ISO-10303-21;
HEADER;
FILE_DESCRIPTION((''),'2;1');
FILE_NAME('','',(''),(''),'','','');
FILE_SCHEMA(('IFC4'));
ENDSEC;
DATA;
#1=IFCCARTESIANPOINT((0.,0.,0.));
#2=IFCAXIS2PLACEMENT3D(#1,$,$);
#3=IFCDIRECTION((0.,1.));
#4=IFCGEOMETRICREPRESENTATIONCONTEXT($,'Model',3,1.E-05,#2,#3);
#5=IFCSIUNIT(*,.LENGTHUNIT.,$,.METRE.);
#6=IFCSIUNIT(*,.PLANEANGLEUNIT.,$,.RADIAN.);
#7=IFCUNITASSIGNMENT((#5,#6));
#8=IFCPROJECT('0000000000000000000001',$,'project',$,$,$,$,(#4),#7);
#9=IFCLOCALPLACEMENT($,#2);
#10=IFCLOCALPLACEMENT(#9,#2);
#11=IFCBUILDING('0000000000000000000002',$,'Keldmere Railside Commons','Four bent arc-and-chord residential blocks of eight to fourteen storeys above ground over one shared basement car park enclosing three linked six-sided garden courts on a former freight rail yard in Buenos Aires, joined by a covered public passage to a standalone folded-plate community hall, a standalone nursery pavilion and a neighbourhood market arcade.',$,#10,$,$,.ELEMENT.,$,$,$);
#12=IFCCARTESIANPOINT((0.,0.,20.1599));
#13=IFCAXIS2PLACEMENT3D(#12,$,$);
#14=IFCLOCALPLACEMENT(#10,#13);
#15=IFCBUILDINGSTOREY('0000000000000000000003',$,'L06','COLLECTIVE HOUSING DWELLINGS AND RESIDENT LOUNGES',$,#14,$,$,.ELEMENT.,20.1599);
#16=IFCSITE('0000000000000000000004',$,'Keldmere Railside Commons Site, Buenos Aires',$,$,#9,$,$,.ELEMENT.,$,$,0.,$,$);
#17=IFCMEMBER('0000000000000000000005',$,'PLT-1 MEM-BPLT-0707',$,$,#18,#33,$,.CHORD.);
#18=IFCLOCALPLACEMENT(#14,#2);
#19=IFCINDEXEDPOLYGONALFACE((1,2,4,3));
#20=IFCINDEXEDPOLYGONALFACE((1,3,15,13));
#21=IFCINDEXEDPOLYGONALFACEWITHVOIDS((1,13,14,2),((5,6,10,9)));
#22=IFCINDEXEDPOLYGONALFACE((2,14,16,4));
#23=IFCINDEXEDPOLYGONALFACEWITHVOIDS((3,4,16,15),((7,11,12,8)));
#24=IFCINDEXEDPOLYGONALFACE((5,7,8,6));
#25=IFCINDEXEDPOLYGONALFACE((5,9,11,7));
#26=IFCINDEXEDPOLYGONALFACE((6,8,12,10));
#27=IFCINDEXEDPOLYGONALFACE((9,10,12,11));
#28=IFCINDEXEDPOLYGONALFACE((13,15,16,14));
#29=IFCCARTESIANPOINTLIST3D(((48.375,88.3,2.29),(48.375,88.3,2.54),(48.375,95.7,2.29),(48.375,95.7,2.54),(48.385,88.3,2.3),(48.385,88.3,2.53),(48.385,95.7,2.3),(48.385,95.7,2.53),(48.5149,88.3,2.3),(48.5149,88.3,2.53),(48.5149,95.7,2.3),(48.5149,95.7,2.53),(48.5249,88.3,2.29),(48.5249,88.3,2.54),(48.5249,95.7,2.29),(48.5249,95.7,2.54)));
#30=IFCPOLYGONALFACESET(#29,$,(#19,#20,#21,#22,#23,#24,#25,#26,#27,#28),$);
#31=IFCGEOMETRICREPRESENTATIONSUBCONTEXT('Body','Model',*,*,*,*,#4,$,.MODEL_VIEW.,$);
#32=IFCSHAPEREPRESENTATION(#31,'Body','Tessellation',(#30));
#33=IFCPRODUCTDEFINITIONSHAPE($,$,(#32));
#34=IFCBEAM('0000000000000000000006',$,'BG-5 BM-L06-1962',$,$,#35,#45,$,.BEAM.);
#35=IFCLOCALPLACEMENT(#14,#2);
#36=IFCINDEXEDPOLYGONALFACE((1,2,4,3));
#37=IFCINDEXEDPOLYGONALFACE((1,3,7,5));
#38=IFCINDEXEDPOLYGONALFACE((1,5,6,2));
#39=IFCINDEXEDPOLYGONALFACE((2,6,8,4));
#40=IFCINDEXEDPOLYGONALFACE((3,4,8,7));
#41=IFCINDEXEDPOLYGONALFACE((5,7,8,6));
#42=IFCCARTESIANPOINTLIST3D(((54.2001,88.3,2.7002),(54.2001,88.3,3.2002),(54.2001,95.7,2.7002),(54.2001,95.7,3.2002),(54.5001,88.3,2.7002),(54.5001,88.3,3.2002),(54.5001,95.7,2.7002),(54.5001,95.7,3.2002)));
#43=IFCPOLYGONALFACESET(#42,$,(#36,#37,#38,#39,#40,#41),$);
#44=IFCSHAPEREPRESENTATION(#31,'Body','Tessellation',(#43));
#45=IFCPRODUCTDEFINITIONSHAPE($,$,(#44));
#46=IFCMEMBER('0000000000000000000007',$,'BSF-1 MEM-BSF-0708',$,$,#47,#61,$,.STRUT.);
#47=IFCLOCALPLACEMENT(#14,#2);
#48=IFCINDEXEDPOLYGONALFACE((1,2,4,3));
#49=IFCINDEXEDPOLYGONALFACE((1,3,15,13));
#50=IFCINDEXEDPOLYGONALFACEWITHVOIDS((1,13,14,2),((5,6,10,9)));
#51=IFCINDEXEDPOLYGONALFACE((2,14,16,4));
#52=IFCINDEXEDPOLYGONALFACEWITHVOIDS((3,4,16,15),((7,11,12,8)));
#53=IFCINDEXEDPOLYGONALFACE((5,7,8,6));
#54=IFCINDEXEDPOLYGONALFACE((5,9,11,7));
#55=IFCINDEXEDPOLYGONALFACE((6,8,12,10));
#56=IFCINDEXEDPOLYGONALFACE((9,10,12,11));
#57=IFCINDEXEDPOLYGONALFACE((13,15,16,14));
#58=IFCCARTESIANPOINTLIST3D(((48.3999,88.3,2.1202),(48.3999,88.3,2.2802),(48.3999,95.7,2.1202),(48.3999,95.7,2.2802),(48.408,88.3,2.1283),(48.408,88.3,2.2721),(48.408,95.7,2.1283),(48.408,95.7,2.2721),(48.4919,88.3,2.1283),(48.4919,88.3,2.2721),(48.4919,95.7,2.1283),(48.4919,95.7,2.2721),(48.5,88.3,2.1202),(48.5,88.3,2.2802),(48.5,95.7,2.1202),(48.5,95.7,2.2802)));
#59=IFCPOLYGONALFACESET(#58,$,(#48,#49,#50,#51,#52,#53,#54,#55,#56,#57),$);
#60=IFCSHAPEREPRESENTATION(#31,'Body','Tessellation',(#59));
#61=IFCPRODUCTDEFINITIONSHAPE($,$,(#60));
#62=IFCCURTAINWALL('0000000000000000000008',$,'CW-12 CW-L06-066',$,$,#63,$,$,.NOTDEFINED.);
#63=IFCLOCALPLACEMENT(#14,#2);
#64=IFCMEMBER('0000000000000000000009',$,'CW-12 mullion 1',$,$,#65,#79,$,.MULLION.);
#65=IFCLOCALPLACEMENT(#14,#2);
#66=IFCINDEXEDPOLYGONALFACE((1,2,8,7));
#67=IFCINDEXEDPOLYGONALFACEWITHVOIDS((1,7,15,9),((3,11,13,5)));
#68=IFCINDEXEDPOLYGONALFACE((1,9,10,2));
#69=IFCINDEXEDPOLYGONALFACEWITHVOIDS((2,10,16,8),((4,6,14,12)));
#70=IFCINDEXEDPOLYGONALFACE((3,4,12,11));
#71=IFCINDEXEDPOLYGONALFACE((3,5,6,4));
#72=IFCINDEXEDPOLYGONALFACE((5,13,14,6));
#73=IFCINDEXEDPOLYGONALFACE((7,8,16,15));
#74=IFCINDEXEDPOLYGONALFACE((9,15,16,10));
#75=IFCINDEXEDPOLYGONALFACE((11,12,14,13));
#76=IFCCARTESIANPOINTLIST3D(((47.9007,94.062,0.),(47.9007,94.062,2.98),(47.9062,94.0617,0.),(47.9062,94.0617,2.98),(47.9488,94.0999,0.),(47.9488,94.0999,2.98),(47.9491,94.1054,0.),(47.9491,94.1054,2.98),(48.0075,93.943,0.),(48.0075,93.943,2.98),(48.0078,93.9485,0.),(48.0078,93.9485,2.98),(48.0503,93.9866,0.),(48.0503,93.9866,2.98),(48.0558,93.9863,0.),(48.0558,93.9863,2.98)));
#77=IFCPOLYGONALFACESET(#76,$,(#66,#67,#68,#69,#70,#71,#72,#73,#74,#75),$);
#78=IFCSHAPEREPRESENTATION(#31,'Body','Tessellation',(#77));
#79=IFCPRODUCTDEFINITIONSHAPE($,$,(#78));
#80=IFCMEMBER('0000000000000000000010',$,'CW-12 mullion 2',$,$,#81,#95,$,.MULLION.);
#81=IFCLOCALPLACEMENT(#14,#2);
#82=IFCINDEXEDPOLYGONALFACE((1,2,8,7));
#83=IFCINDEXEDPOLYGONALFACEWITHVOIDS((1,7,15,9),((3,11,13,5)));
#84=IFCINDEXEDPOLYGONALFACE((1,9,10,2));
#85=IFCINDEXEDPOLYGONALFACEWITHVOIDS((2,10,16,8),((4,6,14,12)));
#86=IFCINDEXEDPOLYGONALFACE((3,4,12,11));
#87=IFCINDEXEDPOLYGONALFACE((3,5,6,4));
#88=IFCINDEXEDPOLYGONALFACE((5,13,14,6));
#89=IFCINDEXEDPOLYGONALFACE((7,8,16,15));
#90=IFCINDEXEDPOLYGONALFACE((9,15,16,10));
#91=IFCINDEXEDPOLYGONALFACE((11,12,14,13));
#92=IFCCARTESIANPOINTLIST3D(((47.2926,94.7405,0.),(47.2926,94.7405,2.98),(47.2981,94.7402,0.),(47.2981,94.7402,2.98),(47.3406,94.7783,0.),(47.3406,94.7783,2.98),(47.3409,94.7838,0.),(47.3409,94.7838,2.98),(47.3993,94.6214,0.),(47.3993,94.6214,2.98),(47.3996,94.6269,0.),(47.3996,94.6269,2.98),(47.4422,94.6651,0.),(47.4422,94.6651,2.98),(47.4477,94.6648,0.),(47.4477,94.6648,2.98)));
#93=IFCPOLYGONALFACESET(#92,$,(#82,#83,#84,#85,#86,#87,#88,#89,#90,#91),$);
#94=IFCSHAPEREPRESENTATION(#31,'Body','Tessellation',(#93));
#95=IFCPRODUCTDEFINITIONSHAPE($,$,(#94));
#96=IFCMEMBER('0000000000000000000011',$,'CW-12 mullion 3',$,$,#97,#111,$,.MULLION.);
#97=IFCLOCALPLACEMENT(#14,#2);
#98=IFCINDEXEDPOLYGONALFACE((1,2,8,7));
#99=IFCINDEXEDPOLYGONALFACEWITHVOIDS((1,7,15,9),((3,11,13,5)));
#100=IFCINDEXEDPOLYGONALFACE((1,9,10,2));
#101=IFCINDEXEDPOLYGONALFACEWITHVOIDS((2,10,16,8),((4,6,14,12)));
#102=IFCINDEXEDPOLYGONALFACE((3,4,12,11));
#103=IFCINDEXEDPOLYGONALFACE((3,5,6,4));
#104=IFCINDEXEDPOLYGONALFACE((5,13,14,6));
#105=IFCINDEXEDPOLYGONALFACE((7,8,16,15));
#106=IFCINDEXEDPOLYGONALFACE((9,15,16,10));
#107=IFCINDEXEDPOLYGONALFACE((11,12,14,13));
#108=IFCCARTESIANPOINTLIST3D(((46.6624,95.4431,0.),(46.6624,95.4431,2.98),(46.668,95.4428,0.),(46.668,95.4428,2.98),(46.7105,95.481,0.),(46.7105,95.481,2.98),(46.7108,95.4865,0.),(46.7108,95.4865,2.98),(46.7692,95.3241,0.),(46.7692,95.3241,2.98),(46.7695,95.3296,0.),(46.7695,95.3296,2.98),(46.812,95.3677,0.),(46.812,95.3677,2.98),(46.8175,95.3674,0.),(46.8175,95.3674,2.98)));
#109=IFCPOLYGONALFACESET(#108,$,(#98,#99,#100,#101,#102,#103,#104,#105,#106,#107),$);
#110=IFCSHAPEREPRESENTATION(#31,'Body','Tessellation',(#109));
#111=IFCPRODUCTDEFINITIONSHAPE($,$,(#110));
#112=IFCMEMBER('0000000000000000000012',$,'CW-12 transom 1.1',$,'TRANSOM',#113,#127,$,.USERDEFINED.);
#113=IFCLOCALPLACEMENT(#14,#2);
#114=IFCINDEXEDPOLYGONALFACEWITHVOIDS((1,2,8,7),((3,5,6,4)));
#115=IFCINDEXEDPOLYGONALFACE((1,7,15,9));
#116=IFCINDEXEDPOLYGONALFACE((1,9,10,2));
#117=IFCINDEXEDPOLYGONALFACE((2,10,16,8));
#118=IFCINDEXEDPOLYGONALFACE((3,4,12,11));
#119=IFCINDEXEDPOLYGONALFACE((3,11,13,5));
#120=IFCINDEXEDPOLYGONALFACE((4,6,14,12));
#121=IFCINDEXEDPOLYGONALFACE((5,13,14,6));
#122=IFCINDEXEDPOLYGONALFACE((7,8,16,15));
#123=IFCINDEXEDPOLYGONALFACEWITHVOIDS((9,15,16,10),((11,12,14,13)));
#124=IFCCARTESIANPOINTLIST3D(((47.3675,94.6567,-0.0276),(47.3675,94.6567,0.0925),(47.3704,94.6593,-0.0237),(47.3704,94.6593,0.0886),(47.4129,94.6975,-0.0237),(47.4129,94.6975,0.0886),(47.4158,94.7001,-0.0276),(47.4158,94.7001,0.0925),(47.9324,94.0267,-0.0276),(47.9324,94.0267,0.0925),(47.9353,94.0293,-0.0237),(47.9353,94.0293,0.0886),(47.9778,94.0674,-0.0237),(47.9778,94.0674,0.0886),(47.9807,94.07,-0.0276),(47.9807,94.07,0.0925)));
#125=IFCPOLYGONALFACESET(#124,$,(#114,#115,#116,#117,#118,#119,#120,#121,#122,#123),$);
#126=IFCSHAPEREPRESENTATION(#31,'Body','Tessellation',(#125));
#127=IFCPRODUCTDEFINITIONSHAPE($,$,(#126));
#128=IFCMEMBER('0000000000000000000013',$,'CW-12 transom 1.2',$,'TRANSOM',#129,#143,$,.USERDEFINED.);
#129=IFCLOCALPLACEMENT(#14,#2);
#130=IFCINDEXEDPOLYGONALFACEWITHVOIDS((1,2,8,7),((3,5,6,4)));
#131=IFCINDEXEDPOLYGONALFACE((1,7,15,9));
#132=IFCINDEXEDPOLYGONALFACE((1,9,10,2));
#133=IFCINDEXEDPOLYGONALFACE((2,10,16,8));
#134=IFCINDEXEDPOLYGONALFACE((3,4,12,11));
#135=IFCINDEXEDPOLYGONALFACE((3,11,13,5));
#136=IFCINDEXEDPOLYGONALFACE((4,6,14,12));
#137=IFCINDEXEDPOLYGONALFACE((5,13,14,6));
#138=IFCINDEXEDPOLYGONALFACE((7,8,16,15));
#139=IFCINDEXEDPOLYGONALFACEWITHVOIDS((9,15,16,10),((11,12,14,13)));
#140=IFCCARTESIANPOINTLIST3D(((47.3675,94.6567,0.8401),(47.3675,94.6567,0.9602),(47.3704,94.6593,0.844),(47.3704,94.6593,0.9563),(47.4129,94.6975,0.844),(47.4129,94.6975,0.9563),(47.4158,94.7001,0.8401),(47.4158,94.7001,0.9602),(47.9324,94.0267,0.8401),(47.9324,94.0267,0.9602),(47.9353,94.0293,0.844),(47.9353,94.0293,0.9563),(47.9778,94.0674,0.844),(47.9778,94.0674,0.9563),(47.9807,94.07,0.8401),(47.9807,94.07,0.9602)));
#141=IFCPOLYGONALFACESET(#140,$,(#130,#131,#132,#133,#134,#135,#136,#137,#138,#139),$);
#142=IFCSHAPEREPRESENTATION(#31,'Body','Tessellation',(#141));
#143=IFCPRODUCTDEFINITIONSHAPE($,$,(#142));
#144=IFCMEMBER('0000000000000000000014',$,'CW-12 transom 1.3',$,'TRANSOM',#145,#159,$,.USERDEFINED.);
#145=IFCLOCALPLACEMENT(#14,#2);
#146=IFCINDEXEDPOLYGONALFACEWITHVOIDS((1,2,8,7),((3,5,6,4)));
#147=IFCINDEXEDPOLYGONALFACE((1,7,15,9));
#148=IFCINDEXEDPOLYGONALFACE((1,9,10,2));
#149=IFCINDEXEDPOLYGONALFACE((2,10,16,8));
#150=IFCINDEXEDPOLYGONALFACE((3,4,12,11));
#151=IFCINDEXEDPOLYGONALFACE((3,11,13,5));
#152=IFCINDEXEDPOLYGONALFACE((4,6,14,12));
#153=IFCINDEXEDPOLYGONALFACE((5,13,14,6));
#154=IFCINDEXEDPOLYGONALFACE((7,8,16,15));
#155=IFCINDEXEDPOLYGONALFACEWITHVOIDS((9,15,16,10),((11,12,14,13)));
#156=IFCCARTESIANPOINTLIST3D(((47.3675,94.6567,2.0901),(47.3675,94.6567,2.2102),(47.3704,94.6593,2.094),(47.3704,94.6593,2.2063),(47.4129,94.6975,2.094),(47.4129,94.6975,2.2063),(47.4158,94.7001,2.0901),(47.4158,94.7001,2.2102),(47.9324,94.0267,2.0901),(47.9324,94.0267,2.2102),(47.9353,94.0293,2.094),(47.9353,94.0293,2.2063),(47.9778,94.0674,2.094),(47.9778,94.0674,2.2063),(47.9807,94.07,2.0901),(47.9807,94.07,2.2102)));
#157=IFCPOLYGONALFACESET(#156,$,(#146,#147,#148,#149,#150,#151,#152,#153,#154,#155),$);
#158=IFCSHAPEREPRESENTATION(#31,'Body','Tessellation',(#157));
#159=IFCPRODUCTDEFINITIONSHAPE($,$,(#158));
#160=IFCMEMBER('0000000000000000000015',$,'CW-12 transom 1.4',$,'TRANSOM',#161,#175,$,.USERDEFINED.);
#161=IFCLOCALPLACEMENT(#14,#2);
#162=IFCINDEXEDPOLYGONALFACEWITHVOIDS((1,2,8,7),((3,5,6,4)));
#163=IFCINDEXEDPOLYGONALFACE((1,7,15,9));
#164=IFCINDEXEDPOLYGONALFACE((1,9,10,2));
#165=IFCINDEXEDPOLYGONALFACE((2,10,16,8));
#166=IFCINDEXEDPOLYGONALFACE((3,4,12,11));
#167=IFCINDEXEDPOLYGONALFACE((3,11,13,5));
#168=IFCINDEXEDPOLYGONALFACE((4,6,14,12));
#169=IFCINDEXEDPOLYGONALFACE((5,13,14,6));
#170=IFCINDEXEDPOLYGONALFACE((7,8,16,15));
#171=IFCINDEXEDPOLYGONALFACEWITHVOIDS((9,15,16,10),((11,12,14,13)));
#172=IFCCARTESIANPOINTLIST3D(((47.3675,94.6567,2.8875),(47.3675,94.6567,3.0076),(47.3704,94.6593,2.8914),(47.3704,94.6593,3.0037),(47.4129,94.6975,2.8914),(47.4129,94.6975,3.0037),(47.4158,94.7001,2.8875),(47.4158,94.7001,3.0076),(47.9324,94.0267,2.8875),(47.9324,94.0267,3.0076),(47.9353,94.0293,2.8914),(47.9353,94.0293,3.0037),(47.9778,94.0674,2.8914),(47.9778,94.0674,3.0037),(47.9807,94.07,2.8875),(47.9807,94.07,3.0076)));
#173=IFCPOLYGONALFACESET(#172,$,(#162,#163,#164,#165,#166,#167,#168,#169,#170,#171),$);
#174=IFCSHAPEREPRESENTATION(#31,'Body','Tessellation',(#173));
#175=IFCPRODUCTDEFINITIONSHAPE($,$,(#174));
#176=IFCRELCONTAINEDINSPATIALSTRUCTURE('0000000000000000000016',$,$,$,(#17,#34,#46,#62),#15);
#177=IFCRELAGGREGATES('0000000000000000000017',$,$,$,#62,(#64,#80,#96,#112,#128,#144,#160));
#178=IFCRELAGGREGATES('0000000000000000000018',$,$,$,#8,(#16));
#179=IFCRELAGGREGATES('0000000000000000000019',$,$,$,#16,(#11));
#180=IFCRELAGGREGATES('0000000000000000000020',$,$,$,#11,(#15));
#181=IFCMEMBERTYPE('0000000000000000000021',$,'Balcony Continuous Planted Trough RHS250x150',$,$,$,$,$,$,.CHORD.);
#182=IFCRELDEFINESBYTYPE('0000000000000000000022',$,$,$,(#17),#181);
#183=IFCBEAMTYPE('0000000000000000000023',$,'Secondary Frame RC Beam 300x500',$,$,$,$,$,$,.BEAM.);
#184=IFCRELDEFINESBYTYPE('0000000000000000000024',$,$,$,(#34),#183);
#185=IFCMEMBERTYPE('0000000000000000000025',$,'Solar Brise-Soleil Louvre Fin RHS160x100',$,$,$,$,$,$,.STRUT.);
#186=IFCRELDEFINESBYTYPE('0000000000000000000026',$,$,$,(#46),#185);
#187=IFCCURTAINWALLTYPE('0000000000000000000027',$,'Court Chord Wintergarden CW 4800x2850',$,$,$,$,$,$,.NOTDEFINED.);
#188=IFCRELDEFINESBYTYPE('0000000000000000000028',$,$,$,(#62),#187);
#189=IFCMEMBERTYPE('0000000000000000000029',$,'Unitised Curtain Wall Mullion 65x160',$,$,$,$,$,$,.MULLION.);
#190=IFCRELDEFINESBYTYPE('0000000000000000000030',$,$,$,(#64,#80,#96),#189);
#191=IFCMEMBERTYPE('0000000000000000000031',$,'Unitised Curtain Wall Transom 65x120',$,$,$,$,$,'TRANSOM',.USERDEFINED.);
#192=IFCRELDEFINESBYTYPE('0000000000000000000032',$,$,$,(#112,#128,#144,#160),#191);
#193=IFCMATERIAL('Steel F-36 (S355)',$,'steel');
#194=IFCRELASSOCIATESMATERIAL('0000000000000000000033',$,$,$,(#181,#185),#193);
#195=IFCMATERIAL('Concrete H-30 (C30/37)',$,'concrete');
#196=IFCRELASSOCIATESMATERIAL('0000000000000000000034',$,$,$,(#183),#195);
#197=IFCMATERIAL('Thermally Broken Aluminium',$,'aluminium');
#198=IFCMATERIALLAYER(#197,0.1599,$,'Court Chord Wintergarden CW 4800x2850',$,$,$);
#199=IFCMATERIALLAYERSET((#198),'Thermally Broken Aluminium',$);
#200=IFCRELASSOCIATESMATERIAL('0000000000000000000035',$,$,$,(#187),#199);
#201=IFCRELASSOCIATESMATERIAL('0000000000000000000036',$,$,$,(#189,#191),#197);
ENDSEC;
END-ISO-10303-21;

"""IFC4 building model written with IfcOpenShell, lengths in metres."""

from ifc_helpers import new_model, si_unit, direction, frame, origin, origin_2d, place, context, subcontext, project, spatial, rectangle, hollow_rectangle, extrude, material, layer, layer_set, material_profile, profile_set, type_object, element, aggregate, save


model = new_model("IFC4")

# Units and contexts
model_context = context("Model", 3, precision=1e-05, world=origin(), true_north=direction((0.0, 1.0)))
body_context = subcontext(model_context, "Body", "Model", "MODEL_VIEW")
ifc_project = project(units=[si_unit("LENGTHUNIT", "METRE"), si_unit("PLANEANGLEUNIT", "RADIAN")], contexts=[model_context])

# Site, building, storey
site_placement = place(None, origin())
site = spatial("IfcSite", under=ifc_project, at=site_placement, Name="Keldmere Railside Commons Site, Buenos Aires", CompositionType="ELEMENT", RefElevation=0.0)
building_placement = place(site_placement, origin())
building = spatial("IfcBuilding", under=site, at=building_placement, Name="Keldmere Railside Commons", Description="Four bent arc-and-chord residential blocks of eight to fourteen storeys above ground over one shared basement car park enclosing three linked six-sided garden courts on a former freight rail yard in Buenos Aires, joined by a covered public passage to a standalone folded-plate community hall, a standalone nursery pavilion and a neighbourhood market arcade.", CompositionType="ELEMENT")
storey_placement = place(building_placement, frame((0.0, 0.0, 20.1599)))
storey = spatial("IfcBuildingStorey", under=building, at=storey_placement, Name="L06", Description="COLLECTIVE HOUSING DWELLINGS AND RESIDENT LOUNGES", CompositionType="ELEMENT", Elevation=20.1599)

# Member
ifc_material_1 = material(Name="Steel F-36 (S355)", Category="steel")
ifc_material_profile_1 = material_profile(ifc_material_1, hollow_rectangle(XDim=0.1499, YDim=0.25, WallThickness=0.01, at=origin_2d()), Name="RHS-250x150x10")
ifc_profile_set_1 = profile_set([ifc_material_profile_1], Name="Steel F-36 (S355)")
member_type_1 = type_object("IfcMemberType", Name="Balcony Continuous Planted Trough RHS250x150", PredefinedType="CHORD", material=ifc_profile_set_1)
member_1_placement = place(storey_placement, frame((48.45, 88.3, 2.415), z_axis=(0.0, 1.0, 0.0), x_axis=(-1.0, 0.0, 0.0)))
element("IfcMember", 1, at=member_1_placement, inside=storey, type_object=member_type_1, Name="PLT-1 MEM-BPLT-0707", PredefinedType="CHORD", context=body_context, shape_type="SweptSolid", body=[
    extrude(hollow_rectangle(XDim=0.1499, YDim=0.25, WallThickness=0.01, at=origin_2d()), origin(), (0.0, 0.0, 1.0), 7.3999),
])

# Beam
ifc_material_2 = material(Name="Concrete H-30 (C30/37)", Category="concrete")
ifc_material_profile_2 = material_profile(ifc_material_2, rectangle(XDim=0.3, YDim=0.5, at=origin_2d()), Name="RC-300x500")
ifc_profile_set_2 = profile_set([ifc_material_profile_2], Name="Concrete H-30 (C30/37)")
beam_type = type_object("IfcBeamType", Name="Secondary Frame RC Beam 300x500", PredefinedType="BEAM", material=ifc_profile_set_2)
beam_placement = place(storey_placement, frame((54.3501, 88.3, 2.9502), z_axis=(0.0, 1.0, 0.0), x_axis=(-1.0, 0.0, 0.0)))
element("IfcBeam", 2, at=beam_placement, inside=storey, type_object=beam_type, Name="BG-5 BM-L06-1962", PredefinedType="BEAM", context=body_context, shape_type="SweptSolid", body=[
    extrude(rectangle(XDim=0.3, YDim=0.5, at=origin_2d()), origin(), (0.0, 0.0, 1.0), 7.3999),
])

# Member
ifc_material_profile_3 = material_profile(ifc_material_1, hollow_rectangle(XDim=0.1001, YDim=0.1599, WallThickness=0.0081, at=origin_2d()), Name="RHS-160x100x8")
ifc_profile_set_3 = profile_set([ifc_material_profile_3], Name="Steel F-36 (S355)")
member_type_2 = type_object("IfcMemberType", Name="Solar Brise-Soleil Louvre Fin RHS160x100", PredefinedType="STRUT", material=ifc_profile_set_3)
member_2_placement = place(storey_placement, frame((48.45, 88.3, 2.2002), z_axis=(0.0, 1.0, 0.0), x_axis=(-1.0, 0.0, 0.0)))
element("IfcMember", 3, at=member_2_placement, inside=storey, type_object=member_type_2, Name="BSF-1 MEM-BSF-0708", PredefinedType="STRUT", context=body_context, shape_type="SweptSolid", body=[
    extrude(hollow_rectangle(XDim=0.1001, YDim=0.1599, WallThickness=0.0081, at=origin_2d()), origin(), (0.0, 0.0, 1.0), 7.3999),
])

# Curtain wall, members
ifc_material_3 = material(Name="Thermally Broken Aluminium", Category="aluminium")
ifc_layer_1 = layer(ifc_material_3, 0.1599, Name="Court Chord Wintergarden CW 4800x2850")
ifc_layer_set_1 = layer_set([ifc_layer_1], Name="Thermally Broken Aluminium")
curtain_wall_type = type_object("IfcCurtainWallType", Name="Court Chord Wintergarden CW 4800x2850", PredefinedType="NOTDEFINED", material=ifc_layer_set_1)
curtain_wall_placement = place(storey_placement, origin())
curtain_wall = element("IfcCurtainWall", 4, at=curtain_wall_placement, inside=storey, type_object=curtain_wall_type, Name="CW-12 CW-L06-066", PredefinedType="NOTDEFINED")
ifc_material_profile_4 = material_profile(ifc_material_3, hollow_rectangle(XDim=0.0649, YDim=0.1599, WallThickness=0.0039, at=origin_2d()), Name="ALU-MULL-65x160")
ifc_profile_set_4 = profile_set([ifc_material_profile_4], Name="Thermally Broken Aluminium")
member_type_3 = type_object("IfcMemberType", Name="Unitised Curtain Wall Mullion 65x160", PredefinedType="MULLION", material=ifc_profile_set_4)
member_3_placement = place(storey_placement, frame((47.9783, 94.0242, 0.0), z_axis=(0.0, 0.0, 1.0), x_axis=(-0.744557, -0.667559, 0.0)))
member_3 = element("IfcMember", 5, at=member_3_placement, type_object=member_type_3, Name="CW-12 mullion 1", PredefinedType="MULLION", context=body_context, shape_type="SweptSolid", body=[
    extrude(hollow_rectangle(XDim=0.0649, YDim=0.1599, WallThickness=0.0039, at=origin_2d()), origin(), (0.0, 0.0, 1.0), 2.98),
])
member_4_placement = place(storey_placement, frame((47.3701, 94.7026, 0.0), z_axis=(0.0, 0.0, 1.0), x_axis=(-0.744557, -0.667559, 0.0)))
member_4 = element("IfcMember", 6, at=member_4_placement, type_object=member_type_3, Name="CW-12 mullion 2", PredefinedType="MULLION", context=body_context, shape_type="SweptSolid", body=[
    extrude(hollow_rectangle(XDim=0.0649, YDim=0.1599, WallThickness=0.0039, at=origin_2d()), origin(), (0.0, 0.0, 1.0), 2.98),
])
member_5_placement = place(storey_placement, frame((46.74, 95.4053, 0.0), z_axis=(0.0, 0.0, 1.0), x_axis=(-0.744557, -0.667559, 0.0)))
member_5 = element("IfcMember", 7, at=member_5_placement, type_object=member_type_3, Name="CW-12 mullion 3", PredefinedType="MULLION", context=body_context, shape_type="SweptSolid", body=[
    extrude(hollow_rectangle(XDim=0.0649, YDim=0.1599, WallThickness=0.0039, at=origin_2d()), origin(), (0.0, 0.0, 1.0), 2.98),
])
ifc_material_profile_5 = material_profile(ifc_material_3, hollow_rectangle(XDim=0.0649, YDim=0.1201, WallThickness=0.0039, at=origin_2d()), Name="ALU-TRAN-65x120")
ifc_profile_set_5 = profile_set([ifc_material_profile_5], Name="Thermally Broken Aluminium")
member_type_4 = type_object("IfcMemberType", Name="Unitised Curtain Wall Transom 65x120", ElementType="TRANSOM", PredefinedType="USERDEFINED", material=ifc_profile_set_5)
member_6_placement = place(storey_placement, frame((47.9565, 94.0483, 0.0325), z_axis=(-0.667545, 0.744569, 0.0), x_axis=(-0.744569, -0.667545, 0.0)))
member_6 = element("IfcMember", 8, at=member_6_placement, type_object=member_type_4, Name="CW-12 transom 1.1", ObjectType="TRANSOM", PredefinedType="USERDEFINED", context=body_context, shape_type="SweptSolid", body=[
    extrude(hollow_rectangle(XDim=0.0649, YDim=0.1201, WallThickness=0.0039, at=origin_2d()), origin(), (0.0, 0.0, 1.0), 0.8462),
])
member_7_placement = place(storey_placement, frame((47.9565, 94.0483, 0.9001), z_axis=(-0.667545, 0.744569, 0.0), x_axis=(-0.744569, -0.667545, 0.0)))
member_7 = element("IfcMember", 9, at=member_7_placement, type_object=member_type_4, Name="CW-12 transom 1.2", ObjectType="TRANSOM", PredefinedType="USERDEFINED", context=body_context, shape_type="SweptSolid", body=[
    extrude(hollow_rectangle(XDim=0.0649, YDim=0.1201, WallThickness=0.0039, at=origin_2d()), origin(), (0.0, 0.0, 1.0), 0.8462),
])
member_8_placement = place(storey_placement, frame((47.9565, 94.0483, 2.1501), z_axis=(-0.667545, 0.744569, 0.0), x_axis=(-0.744569, -0.667545, 0.0)))
member_8 = element("IfcMember", 10, at=member_8_placement, type_object=member_type_4, Name="CW-12 transom 1.3", ObjectType="TRANSOM", PredefinedType="USERDEFINED", context=body_context, shape_type="SweptSolid", body=[
    extrude(hollow_rectangle(XDim=0.0649, YDim=0.1201, WallThickness=0.0039, at=origin_2d()), origin(), (0.0, 0.0, 1.0), 0.8462),
])
member_9_placement = place(storey_placement, frame((47.9565, 94.0483, 2.9475), z_axis=(-0.667545, 0.744569, 0.0), x_axis=(-0.744569, -0.667545, 0.0)))
member_9 = element("IfcMember", 11, at=member_9_placement, type_object=member_type_4, Name="CW-12 transom 1.4", ObjectType="TRANSOM", PredefinedType="USERDEFINED", context=body_context, shape_type="SweptSolid", body=[
    extrude(hollow_rectangle(XDim=0.0649, YDim=0.1201, WallThickness=0.0039, at=origin_2d()), origin(), (0.0, 0.0, 1.0), 0.8462),
])
aggregate(curtain_wall, [member_3, member_4, member_5, member_6, member_7, member_8, member_9])

save(model, "model.ifc")
